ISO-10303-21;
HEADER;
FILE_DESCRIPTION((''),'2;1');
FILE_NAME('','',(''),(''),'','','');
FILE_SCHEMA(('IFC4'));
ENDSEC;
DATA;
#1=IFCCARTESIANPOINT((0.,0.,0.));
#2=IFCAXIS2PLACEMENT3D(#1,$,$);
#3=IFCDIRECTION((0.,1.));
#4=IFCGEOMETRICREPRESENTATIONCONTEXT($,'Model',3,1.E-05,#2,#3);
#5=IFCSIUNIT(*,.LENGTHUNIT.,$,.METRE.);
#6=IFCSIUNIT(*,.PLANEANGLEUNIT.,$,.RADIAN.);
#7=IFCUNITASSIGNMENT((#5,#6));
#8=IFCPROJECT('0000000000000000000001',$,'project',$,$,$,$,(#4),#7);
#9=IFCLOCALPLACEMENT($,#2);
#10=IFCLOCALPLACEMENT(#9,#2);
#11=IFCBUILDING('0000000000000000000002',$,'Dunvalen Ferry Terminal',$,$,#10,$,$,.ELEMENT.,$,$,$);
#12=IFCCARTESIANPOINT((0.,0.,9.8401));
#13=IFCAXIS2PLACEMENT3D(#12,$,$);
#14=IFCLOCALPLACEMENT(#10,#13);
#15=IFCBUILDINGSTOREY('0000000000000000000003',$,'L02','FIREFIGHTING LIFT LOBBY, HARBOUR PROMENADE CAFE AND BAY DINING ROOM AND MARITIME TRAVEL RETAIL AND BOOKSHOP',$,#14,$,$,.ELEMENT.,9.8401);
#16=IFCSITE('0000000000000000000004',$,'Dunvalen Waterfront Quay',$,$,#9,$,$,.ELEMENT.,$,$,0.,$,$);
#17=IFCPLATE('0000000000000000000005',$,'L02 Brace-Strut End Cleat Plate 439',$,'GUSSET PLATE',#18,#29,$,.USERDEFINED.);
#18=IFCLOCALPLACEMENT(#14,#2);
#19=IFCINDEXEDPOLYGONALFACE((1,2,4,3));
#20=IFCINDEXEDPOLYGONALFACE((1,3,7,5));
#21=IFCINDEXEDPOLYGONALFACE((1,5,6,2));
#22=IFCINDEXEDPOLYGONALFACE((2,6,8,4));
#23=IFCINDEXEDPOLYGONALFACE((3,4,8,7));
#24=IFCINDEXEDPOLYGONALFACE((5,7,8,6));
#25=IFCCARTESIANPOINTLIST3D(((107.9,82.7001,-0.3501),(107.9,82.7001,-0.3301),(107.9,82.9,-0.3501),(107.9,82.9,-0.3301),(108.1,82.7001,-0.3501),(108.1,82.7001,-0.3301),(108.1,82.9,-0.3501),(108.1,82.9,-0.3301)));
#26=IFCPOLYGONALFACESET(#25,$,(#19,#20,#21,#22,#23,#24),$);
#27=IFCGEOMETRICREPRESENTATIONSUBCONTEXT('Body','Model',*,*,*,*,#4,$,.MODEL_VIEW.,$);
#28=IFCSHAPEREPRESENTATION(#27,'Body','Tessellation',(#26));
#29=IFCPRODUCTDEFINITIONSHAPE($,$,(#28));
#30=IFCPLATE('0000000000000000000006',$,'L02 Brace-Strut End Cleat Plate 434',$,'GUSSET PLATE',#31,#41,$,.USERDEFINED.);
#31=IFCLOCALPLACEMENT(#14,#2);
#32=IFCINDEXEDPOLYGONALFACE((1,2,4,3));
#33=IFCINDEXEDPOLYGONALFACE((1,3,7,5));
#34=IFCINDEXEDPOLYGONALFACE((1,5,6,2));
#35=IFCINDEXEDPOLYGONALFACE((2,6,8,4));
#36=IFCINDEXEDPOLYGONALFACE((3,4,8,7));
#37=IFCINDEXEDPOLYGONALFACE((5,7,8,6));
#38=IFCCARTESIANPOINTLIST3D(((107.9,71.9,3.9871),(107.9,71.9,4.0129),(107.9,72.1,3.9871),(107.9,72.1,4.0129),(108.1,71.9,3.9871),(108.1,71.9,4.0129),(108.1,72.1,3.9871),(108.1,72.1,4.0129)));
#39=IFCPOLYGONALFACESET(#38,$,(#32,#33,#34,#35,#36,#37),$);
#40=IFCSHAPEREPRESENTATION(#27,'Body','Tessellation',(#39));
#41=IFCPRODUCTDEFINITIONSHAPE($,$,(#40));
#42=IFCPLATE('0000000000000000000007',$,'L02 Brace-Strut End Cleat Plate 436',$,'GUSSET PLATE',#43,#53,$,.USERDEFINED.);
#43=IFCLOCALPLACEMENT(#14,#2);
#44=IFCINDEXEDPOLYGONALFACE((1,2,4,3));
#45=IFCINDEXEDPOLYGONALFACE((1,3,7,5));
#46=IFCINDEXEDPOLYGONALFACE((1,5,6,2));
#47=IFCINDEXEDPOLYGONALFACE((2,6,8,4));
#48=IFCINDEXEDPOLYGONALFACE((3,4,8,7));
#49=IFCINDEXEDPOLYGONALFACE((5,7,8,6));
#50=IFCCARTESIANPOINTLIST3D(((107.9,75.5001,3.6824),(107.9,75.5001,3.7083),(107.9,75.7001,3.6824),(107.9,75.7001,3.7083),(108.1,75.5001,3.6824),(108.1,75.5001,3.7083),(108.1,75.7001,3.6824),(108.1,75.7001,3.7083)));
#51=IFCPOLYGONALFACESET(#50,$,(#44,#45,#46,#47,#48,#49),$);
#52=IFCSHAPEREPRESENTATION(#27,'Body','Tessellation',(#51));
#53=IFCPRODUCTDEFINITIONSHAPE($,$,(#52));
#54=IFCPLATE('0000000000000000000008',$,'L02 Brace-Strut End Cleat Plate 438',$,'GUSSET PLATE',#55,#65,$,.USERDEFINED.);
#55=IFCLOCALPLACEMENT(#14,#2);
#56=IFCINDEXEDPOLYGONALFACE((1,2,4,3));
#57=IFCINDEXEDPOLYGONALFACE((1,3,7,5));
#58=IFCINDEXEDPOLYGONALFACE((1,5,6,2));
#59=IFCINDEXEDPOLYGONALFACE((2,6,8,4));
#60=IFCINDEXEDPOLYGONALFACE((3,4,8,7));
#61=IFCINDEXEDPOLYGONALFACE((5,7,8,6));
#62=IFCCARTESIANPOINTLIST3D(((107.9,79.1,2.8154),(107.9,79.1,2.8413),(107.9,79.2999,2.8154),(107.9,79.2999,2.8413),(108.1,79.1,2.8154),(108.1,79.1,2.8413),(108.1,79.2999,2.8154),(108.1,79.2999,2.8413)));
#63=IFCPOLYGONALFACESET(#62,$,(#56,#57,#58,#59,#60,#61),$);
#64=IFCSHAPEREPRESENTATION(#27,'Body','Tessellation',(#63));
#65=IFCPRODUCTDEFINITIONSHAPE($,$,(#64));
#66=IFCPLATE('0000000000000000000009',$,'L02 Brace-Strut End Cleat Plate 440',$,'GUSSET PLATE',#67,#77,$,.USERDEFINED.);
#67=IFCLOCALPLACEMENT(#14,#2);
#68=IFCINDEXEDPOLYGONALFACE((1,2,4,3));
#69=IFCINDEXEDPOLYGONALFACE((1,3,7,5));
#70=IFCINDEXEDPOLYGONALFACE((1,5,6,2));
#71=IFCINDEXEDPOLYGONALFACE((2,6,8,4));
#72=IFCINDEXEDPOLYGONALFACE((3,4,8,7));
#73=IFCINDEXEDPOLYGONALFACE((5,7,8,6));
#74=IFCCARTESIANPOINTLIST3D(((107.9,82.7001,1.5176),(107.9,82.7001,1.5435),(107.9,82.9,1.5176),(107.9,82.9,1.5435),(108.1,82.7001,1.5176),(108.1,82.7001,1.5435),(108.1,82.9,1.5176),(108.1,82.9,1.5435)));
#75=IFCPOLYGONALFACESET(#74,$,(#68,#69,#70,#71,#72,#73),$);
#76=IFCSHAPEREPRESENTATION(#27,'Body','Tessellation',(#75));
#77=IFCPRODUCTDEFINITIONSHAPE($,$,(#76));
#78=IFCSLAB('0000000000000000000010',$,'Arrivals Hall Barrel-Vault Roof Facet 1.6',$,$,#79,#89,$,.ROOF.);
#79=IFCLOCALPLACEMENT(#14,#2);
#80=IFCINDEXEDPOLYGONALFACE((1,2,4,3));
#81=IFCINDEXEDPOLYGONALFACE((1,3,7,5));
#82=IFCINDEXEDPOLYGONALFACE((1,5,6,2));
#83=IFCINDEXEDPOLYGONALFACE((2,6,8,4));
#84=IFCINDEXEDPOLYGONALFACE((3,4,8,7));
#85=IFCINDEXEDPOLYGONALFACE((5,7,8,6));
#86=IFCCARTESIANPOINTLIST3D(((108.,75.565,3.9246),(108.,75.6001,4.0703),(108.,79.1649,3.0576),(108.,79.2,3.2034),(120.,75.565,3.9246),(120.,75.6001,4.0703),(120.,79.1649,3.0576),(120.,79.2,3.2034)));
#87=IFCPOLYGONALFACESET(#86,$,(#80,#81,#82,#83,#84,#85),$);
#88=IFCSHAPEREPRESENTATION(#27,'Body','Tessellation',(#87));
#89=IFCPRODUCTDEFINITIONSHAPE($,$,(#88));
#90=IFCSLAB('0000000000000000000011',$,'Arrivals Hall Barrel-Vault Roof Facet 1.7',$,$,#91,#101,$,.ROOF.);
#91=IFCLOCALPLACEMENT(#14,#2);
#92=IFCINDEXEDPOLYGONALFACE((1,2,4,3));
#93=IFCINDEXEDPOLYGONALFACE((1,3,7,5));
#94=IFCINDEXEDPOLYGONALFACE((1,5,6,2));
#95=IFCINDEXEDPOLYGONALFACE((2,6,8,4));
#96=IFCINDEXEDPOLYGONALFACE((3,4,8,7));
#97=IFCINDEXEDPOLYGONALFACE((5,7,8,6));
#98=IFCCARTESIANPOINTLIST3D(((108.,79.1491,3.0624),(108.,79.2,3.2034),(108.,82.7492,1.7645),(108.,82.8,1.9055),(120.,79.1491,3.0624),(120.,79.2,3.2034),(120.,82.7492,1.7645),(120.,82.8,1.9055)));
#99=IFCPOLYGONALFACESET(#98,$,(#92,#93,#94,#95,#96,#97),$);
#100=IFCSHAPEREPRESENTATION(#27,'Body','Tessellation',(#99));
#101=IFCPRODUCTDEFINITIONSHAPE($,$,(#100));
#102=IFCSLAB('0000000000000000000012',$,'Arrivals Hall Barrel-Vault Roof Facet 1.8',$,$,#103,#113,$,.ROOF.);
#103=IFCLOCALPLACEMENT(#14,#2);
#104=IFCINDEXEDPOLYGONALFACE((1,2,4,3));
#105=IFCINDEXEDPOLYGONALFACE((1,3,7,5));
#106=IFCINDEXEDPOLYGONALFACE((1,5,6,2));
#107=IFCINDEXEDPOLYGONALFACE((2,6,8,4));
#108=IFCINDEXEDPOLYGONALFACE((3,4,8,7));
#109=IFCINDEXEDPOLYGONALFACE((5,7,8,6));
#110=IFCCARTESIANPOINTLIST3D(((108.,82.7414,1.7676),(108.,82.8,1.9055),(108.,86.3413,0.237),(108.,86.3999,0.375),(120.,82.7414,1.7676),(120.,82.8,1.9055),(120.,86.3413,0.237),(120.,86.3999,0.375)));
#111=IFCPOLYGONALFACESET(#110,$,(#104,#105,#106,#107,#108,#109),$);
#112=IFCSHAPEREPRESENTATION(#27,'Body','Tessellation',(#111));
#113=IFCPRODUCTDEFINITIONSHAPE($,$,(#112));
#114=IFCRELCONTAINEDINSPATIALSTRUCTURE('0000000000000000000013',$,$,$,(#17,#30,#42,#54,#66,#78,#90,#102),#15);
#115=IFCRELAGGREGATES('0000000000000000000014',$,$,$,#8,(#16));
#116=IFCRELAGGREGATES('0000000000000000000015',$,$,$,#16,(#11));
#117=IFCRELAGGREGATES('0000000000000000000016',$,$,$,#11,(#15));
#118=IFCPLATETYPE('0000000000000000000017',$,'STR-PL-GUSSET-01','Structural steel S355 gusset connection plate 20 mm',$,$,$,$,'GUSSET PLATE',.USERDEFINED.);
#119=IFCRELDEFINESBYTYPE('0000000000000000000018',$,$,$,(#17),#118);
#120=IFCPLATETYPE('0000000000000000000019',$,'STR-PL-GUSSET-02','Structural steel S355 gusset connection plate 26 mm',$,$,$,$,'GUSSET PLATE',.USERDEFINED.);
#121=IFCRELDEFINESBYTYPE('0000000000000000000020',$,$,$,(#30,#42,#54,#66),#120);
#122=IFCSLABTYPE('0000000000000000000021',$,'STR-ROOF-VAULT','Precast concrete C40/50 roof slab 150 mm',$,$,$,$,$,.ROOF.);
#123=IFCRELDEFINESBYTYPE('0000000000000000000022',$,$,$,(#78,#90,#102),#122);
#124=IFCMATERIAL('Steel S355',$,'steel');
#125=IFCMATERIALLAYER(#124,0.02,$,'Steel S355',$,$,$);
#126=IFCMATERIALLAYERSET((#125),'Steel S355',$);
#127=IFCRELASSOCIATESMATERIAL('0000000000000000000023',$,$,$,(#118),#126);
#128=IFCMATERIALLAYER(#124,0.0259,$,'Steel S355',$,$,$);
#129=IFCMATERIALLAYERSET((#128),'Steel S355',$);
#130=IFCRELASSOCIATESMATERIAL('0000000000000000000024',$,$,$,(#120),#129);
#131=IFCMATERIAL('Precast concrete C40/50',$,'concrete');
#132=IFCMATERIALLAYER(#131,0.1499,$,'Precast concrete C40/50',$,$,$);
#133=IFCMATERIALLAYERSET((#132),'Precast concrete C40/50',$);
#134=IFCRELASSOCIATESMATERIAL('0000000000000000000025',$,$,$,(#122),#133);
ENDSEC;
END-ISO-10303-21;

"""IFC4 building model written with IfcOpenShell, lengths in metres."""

from ifc_helpers import new_model, si_unit, direction, frame, origin, origin_2d, place, context, subcontext, project, spatial, polyline, rectangle, outline, extrude, material, layer, layer_set, type_object, element, save


model = new_model("IFC4")

# Units and contexts
model_context = context("Model", 3, precision=1e-05, world=origin(), true_north=direction((0.0, 1.0)))
body_context = subcontext(model_context, "Body", "Model", "MODEL_VIEW")
ifc_project = project(units=[si_unit("LENGTHUNIT", "METRE"), si_unit("PLANEANGLEUNIT", "RADIAN")], contexts=[model_context])

# Site, building, storey
site_placement = place(None, origin())
site = spatial("IfcSite", under=ifc_project, at=site_placement, Name="Dunvalen Waterfront Quay", CompositionType="ELEMENT", RefElevation=0.0)
building_placement = place(site_placement, origin())
building = spatial("IfcBuilding", under=site, at=building_placement, Name="Dunvalen Ferry Terminal", CompositionType="ELEMENT")
storey_placement = place(building_placement, frame((0.0, 0.0, 9.8401)))
storey = spatial("IfcBuildingStorey", under=building, at=storey_placement, Name="L02", Description="FIREFIGHTING LIFT LOBBY, HARBOUR PROMENADE CAFE AND BAY DINING ROOM AND MARITIME TRAVEL RETAIL AND BOOKSHOP", CompositionType="ELEMENT", Elevation=9.8401)

# Shared definitions
ifc_material_1 = material(Name="Steel S355", Category="steel")

# Plates
ifc_layer_1 = layer(ifc_material_1, 0.02, Name="Steel S355")
ifc_layer_set_1 = layer_set([ifc_layer_1], Name="Steel S355")
plate_type_1 = type_object("IfcPlateType", Name="STR-PL-GUSSET-01", Description="Structural steel S355 gusset connection plate 20 mm", ElementType="GUSSET PLATE", PredefinedType="USERDEFINED", material=ifc_layer_set_1)
for number, where, z_axis, x_axis, name in (
    (1, (108.0, 82.8, -0.3501), (0.0, 0.0, 1.0), (1.0, 0.0, 0.0), "L02 Brace-Strut End Cleat Plate 439"),
):
    element("IfcPlate", number, at=place(storey_placement, frame(where, z_axis=z_axis, x_axis=x_axis)), inside=storey, type_object=plate_type_1, Name=name, ObjectType="GUSSET PLATE", PredefinedType="USERDEFINED", context=body_context, shape_type="SweptSolid", body=[
        extrude(rectangle(XDim=0.2, YDim=0.2, at=origin_2d()), origin(), (0.0, 0.0, 1.0), 0.02),
    ])
ifc_layer_2 = layer(ifc_material_1, 0.0259, Name="Steel S355")
ifc_layer_set_2 = layer_set([ifc_layer_2], Name="Steel S355")
plate_type_2 = type_object("IfcPlateType", Name="STR-PL-GUSSET-02", Description="Structural steel S355 gusset connection plate 26 mm", ElementType="GUSSET PLATE", PredefinedType="USERDEFINED", material=ifc_layer_set_2)
for number, where, z_axis, x_axis, name in (
    (2, (108.0, 72.0, 3.9871), (0.0, 0.0, 1.0), (1.0, 0.0, 0.0), "L02 Brace-Strut End Cleat Plate 434"),
    (3, (108.0, 75.6001, 3.6824), (0.0, 0.0, 1.0), (1.0, 0.0, 0.0), "L02 Brace-Strut End Cleat Plate 436"),
    (4, (108.0, 79.2, 2.8154), (0.0, 0.0, 1.0), (1.0, 0.0, 0.0), "L02 Brace-Strut End Cleat Plate 438"),
    (5, (108.0, 82.8, 1.5176), (0.0, 0.0, 1.0), (1.0, 0.0, 0.0), "L02 Brace-Strut End Cleat Plate 440"),
):
    element("IfcPlate", number, at=place(storey_placement, frame(where, z_axis=z_axis, x_axis=x_axis)), inside=storey, type_object=plate_type_2, Name=name, ObjectType="GUSSET PLATE", PredefinedType="USERDEFINED", context=body_context, shape_type="SweptSolid", body=[
        extrude(rectangle(XDim=0.2, YDim=0.2, at=origin_2d()), origin(), (0.0, 0.0, 1.0), 0.0259),
    ])

# Slabs
ifc_material_2 = material(Name="Precast concrete C40/50", Category="concrete")
ifc_layer_3 = layer(ifc_material_2, 0.1499, Name="Precast concrete C40/50")
ifc_layer_set_3 = layer_set([ifc_layer_3], Name="Precast concrete C40/50")
slab_type = type_object("IfcSlabType", Name="STR-ROOF-VAULT", Description="Precast concrete C40/50 roof slab 150 mm", PredefinedType="ROOF", material=ifc_layer_set_3)
slab_1_placement = place(storey_placement, frame((108.0, 75.6001, 4.0703), z_axis=(0.0, 0.234133, 0.972204), x_axis=(1.0, 0.0, 0.0)))
element("IfcSlab", 6, at=slab_1_placement, inside=storey, type_object=slab_type, Name="Arrivals Hall Barrel-Vault Roof Facet 1.6", PredefinedType="ROOF", context=body_context, shape_type="SweptSolid", body=[
    extrude(outline(polyline([(0.0, 0.0), (12.0, 0.0), (12.0, 3.7028), (0.0, 3.7028), (0.0, 0.0)])), origin(), (0.0, 0.0, -1.0), 0.1499),
])
slab_2_placement = place(storey_placement, frame((108.0, 79.2, 3.2034), z_axis=(0.0, 0.33914, 0.940736), x_axis=(1.0, 0.0, 0.0)))
element("IfcSlab", 7, at=slab_2_placement, inside=storey, type_object=slab_type, Name="Arrivals Hall Barrel-Vault Roof Facet 1.7", PredefinedType="ROOF", context=body_context, shape_type="SweptSolid", body=[
    extrude(outline(polyline([(0.0, 0.0), (12.0, 0.0), (12.0, 3.8269), (0.0, 3.8269), (0.0, 0.0)])), origin(), (0.0, 0.0, -1.0), 0.1499),
])
slab_3_placement = place(storey_placement, frame((108.0, 82.8, 1.9055), z_axis=(0.0, 0.391266, 0.920278), x_axis=(1.0, 0.0, 0.0)))
element("IfcSlab", 8, at=slab_3_placement, inside=storey, type_object=slab_type, Name="Arrivals Hall Barrel-Vault Roof Facet 1.8", PredefinedType="ROOF", context=body_context, shape_type="SweptSolid", body=[
    extrude(outline(polyline([(0.0, 0.0), (12.0, 0.0), (12.0, 3.9117), (0.0, 3.9117), (0.0, 0.0)])), origin(), (0.0, 0.0, -1.0), 0.1499),
])

save(model, "model.ifc")
